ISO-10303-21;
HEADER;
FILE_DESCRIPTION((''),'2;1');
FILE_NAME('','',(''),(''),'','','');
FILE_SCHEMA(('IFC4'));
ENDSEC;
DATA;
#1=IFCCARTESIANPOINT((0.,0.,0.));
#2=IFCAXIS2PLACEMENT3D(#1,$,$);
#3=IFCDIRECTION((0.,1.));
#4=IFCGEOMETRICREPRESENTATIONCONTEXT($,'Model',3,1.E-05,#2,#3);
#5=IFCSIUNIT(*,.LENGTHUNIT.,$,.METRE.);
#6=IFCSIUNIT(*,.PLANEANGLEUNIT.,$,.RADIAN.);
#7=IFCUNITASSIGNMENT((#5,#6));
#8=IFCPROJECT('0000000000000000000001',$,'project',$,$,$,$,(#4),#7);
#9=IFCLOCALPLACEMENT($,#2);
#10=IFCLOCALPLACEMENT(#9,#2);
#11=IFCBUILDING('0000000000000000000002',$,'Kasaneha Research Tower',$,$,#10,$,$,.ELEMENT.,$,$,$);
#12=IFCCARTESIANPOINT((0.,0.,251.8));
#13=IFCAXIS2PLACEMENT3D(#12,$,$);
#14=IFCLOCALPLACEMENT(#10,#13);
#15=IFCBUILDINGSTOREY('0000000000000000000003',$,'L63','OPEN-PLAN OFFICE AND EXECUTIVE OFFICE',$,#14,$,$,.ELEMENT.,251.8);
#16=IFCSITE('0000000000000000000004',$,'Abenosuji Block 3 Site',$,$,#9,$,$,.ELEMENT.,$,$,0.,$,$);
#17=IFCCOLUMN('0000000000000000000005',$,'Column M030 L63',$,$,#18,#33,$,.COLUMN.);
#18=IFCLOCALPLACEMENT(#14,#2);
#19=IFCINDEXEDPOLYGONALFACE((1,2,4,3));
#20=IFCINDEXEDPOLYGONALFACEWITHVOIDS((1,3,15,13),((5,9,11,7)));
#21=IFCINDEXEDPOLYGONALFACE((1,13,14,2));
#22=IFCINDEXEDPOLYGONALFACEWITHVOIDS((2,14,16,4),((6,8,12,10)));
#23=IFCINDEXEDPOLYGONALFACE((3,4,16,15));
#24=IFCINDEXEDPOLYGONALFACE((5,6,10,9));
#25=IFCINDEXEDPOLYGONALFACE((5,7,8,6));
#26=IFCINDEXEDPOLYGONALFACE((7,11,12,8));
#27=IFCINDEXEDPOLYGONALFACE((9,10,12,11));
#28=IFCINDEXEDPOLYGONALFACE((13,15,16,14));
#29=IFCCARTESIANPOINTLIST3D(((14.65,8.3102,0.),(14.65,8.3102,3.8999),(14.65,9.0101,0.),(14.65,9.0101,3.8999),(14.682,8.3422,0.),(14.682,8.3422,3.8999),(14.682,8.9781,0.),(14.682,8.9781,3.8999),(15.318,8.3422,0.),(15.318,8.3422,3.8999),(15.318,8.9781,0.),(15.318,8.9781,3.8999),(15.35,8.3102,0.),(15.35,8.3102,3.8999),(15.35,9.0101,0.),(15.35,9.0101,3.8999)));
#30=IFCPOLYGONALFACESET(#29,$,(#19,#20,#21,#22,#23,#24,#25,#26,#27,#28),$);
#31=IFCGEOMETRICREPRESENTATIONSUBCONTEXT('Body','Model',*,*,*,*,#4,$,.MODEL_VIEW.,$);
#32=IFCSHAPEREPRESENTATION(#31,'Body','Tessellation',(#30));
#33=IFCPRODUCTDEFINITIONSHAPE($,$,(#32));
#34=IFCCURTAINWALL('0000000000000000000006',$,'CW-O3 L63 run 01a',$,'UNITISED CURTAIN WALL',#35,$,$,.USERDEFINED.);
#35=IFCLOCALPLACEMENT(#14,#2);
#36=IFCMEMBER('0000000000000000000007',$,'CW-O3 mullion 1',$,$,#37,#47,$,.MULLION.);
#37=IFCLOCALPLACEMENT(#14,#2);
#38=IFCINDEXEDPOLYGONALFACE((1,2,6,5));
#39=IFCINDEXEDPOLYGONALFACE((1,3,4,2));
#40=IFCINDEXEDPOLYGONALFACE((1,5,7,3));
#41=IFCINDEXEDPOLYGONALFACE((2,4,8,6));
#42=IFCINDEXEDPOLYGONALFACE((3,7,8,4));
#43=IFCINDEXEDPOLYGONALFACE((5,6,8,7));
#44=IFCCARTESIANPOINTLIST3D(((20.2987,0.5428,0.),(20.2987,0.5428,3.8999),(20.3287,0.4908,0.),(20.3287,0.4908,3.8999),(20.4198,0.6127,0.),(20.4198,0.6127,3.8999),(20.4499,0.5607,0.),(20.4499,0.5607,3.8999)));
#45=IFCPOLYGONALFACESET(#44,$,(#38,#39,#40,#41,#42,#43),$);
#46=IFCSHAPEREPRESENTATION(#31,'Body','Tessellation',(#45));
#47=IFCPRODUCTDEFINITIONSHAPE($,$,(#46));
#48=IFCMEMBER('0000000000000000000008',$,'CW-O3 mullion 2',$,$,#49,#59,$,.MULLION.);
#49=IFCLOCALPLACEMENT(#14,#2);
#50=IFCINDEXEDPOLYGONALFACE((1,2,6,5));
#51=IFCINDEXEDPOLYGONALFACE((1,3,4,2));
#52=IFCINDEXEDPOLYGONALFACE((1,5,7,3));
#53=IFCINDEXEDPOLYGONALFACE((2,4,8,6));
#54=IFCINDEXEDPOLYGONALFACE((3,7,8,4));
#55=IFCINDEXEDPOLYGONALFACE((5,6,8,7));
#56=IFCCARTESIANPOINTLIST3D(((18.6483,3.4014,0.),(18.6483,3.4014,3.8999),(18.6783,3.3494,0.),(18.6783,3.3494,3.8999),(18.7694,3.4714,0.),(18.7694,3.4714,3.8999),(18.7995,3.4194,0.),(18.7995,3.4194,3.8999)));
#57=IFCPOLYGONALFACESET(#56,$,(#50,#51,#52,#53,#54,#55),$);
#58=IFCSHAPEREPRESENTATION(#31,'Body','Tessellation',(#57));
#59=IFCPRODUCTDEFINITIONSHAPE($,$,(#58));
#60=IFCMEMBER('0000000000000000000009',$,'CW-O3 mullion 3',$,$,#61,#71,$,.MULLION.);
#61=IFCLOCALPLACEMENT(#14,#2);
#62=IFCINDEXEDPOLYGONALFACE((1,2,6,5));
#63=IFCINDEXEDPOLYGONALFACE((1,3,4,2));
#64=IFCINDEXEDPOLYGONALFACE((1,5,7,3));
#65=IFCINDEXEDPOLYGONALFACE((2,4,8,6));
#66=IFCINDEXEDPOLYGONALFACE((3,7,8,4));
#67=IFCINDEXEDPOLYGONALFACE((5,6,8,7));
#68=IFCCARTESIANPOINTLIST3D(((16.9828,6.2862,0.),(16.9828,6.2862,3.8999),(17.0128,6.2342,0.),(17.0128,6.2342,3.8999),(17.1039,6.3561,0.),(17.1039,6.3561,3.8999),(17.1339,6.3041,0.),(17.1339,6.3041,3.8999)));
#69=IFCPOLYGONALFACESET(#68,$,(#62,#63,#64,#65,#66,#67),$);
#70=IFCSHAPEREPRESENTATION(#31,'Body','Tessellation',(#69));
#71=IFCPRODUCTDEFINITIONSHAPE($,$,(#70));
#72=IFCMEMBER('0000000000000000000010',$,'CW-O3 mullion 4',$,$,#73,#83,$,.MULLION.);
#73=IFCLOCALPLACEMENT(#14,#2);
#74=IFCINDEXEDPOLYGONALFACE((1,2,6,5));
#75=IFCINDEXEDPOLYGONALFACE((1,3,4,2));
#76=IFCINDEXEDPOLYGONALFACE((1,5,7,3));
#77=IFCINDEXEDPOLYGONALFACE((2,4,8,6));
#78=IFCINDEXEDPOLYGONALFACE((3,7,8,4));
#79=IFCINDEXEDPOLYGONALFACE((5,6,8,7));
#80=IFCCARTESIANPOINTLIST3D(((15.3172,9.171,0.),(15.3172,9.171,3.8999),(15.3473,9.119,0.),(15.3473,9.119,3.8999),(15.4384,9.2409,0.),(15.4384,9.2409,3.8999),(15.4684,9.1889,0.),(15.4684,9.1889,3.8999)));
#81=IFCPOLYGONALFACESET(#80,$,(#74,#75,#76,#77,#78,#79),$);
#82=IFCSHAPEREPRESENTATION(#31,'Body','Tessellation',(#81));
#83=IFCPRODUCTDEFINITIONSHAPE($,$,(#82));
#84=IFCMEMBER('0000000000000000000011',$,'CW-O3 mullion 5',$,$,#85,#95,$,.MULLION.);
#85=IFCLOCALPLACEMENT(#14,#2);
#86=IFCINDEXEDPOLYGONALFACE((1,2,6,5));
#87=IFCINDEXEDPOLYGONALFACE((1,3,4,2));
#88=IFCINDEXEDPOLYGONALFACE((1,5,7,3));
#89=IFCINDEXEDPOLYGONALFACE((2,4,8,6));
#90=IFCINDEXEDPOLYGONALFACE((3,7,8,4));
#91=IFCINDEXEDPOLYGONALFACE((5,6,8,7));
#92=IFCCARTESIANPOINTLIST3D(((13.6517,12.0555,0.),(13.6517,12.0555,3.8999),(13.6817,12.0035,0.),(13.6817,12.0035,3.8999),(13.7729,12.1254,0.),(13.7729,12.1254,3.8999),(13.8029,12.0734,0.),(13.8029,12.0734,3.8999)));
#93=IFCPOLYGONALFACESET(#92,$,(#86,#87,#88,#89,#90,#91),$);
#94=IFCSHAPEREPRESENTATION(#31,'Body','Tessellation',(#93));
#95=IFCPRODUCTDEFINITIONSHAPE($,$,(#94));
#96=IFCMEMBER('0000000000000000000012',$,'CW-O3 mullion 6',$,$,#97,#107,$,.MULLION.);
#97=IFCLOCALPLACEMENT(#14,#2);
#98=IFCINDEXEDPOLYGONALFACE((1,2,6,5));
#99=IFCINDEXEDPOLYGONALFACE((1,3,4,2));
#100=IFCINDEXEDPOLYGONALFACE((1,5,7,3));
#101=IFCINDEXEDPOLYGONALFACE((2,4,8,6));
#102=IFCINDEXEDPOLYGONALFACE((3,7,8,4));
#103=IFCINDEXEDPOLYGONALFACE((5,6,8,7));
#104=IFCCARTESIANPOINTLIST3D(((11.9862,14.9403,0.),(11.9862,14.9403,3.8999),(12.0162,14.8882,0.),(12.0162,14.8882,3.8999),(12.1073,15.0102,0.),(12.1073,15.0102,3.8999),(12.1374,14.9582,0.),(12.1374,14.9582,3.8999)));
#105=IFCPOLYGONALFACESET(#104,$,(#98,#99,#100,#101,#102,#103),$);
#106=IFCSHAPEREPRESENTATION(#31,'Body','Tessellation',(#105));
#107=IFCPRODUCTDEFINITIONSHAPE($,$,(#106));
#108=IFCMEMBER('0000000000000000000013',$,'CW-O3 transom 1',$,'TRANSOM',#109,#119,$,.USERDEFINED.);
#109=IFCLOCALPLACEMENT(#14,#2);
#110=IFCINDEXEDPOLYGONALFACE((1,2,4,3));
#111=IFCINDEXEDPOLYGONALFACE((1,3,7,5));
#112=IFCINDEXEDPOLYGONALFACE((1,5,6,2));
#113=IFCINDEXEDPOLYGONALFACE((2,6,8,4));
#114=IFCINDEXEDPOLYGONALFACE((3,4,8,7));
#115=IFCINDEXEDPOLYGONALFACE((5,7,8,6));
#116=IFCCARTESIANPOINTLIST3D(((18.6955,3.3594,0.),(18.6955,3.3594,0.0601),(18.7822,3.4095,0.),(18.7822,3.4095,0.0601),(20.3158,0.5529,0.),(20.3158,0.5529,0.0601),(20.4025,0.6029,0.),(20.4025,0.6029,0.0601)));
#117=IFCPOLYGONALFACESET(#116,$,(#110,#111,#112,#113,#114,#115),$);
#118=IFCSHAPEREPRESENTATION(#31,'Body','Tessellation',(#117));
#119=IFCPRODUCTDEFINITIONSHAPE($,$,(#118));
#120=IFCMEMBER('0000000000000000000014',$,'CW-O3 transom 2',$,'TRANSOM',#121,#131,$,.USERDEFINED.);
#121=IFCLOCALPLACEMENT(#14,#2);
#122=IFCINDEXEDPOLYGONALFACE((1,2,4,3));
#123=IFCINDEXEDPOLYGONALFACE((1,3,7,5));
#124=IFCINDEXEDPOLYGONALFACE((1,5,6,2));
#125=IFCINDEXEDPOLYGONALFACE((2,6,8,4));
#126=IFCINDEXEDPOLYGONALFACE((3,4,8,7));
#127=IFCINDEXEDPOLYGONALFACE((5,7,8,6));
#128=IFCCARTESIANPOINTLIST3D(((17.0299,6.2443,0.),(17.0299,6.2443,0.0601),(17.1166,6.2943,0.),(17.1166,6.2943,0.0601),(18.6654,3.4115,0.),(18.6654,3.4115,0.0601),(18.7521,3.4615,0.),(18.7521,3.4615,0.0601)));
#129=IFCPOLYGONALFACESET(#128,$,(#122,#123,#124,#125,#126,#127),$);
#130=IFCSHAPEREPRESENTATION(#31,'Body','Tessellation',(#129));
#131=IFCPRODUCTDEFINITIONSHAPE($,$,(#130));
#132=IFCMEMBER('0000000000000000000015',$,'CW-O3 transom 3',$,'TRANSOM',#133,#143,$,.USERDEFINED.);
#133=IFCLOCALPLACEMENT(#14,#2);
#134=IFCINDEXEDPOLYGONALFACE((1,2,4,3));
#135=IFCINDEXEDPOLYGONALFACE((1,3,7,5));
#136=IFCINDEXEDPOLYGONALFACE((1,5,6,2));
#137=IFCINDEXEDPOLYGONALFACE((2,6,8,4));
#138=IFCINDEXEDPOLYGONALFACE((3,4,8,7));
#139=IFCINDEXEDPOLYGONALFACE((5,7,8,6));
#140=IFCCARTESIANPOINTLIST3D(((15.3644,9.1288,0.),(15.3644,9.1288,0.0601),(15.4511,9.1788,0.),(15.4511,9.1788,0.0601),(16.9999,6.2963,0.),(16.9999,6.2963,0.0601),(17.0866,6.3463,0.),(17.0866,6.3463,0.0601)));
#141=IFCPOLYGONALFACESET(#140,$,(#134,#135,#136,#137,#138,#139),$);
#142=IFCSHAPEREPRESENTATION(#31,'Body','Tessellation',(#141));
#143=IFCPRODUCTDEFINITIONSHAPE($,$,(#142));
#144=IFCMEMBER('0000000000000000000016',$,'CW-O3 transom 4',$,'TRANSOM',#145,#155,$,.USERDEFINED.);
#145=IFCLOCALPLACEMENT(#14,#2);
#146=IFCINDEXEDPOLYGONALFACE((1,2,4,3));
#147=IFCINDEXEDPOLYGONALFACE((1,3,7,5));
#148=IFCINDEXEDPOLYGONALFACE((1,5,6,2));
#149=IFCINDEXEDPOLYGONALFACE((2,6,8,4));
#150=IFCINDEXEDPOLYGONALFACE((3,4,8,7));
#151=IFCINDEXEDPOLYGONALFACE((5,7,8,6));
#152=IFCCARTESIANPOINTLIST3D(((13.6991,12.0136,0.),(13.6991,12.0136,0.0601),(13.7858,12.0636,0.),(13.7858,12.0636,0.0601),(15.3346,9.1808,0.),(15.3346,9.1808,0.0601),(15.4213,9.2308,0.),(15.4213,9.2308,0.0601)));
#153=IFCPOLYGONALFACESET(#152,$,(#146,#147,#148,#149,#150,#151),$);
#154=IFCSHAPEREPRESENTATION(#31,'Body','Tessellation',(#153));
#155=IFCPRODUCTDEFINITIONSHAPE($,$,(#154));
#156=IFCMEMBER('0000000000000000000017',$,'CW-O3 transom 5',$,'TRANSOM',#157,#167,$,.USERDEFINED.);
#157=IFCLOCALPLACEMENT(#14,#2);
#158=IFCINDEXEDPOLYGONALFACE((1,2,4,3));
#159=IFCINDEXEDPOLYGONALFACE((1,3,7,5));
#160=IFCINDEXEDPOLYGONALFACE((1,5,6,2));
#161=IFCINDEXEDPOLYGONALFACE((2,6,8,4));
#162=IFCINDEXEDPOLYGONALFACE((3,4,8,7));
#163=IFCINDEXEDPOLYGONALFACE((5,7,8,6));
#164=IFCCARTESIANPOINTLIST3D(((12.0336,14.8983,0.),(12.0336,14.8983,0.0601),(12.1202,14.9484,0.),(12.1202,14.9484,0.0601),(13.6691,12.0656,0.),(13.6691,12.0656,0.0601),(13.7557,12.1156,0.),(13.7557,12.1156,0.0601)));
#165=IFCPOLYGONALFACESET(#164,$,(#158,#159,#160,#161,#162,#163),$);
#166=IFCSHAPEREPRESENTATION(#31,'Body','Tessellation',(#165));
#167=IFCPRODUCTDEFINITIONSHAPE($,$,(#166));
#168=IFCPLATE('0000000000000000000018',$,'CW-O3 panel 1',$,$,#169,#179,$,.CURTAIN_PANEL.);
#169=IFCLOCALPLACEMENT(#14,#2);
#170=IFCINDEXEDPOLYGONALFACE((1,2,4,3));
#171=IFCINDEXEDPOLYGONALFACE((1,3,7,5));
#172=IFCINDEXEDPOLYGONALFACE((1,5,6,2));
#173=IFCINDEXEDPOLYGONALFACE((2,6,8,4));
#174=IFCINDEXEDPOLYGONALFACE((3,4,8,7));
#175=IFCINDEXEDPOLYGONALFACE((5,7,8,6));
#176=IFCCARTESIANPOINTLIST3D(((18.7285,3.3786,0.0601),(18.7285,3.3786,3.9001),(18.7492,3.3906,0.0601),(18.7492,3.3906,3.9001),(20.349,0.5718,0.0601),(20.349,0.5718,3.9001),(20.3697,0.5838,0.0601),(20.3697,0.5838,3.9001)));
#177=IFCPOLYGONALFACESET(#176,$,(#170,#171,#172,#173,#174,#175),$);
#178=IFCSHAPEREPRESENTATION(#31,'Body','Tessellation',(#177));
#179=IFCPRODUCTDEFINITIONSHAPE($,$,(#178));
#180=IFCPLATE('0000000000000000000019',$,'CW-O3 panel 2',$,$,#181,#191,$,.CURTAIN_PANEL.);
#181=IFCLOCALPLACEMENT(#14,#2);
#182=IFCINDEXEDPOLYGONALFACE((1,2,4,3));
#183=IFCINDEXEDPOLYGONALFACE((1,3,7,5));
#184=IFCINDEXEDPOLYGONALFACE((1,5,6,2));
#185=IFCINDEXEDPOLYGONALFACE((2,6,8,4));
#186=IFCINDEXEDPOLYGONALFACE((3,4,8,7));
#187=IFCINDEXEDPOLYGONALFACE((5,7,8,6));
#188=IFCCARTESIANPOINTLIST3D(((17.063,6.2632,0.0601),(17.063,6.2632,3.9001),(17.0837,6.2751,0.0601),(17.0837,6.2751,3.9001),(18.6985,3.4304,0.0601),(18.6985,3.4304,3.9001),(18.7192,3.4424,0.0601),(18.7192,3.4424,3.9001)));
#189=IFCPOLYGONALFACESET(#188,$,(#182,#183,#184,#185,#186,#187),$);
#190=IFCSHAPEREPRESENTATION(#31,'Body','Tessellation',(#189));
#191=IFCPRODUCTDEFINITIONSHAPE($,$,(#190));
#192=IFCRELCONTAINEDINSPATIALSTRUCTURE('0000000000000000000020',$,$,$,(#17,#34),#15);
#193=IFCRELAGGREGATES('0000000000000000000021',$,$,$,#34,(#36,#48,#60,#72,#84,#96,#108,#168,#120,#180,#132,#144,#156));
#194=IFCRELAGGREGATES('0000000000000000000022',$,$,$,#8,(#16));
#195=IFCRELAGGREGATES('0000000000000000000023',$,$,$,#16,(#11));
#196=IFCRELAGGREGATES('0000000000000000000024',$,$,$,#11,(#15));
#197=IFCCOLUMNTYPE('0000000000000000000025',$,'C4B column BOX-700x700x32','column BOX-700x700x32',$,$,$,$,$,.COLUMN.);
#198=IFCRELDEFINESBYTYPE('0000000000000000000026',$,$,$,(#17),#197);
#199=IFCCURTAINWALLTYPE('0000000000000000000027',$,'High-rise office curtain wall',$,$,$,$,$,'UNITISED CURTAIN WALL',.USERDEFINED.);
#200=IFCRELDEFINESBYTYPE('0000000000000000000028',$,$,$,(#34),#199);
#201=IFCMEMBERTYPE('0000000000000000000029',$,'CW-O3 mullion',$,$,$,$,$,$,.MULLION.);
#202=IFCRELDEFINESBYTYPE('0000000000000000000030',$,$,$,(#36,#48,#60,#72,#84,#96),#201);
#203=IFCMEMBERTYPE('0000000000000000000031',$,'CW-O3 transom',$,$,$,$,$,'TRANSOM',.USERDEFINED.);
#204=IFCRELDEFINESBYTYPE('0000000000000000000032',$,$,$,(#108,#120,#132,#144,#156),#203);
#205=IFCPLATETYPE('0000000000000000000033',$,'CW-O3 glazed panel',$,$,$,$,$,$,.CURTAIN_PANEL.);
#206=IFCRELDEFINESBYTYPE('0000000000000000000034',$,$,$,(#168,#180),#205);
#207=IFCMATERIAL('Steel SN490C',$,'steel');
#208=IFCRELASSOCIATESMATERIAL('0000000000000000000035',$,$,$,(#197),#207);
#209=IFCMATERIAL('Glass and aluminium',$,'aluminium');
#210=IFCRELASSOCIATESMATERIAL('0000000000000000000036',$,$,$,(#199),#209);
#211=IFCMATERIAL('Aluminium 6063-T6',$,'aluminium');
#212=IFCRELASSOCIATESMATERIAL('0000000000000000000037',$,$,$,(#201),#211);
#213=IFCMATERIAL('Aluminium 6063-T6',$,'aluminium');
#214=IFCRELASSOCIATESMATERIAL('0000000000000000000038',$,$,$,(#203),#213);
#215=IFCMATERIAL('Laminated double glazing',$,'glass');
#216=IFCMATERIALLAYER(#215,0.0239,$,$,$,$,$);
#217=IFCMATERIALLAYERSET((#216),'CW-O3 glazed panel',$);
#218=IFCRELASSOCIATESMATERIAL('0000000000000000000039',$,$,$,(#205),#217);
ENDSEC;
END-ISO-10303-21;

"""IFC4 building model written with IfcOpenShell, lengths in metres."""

from ifc_helpers import new_model, si_unit, direction, frame, origin, origin_2d, place, context, subcontext, project, spatial, rectangle, hollow_rectangle, extrude, material, layer, layer_set, material_profile, profile_set, type_object, element, aggregate, save


model = new_model("IFC4")

# Units and contexts
model_context = context("Model", 3, precision=1e-05, world=origin(), true_north=direction((0.0, 1.0)))
body_context = subcontext(model_context, "Body", "Model", "MODEL_VIEW")
ifc_project = project(units=[si_unit("LENGTHUNIT", "METRE"), si_unit("PLANEANGLEUNIT", "RADIAN")], contexts=[model_context])

# Site, building, storey
site_placement = place(None, origin())
site = spatial("IfcSite", under=ifc_project, at=site_placement, Name="Abenosuji Block 3 Site", CompositionType="ELEMENT", RefElevation=0.0)
building_placement = place(site_placement, origin())
building = spatial("IfcBuilding", under=site, at=building_placement, Name="Kasaneha Research Tower", CompositionType="ELEMENT")
storey_placement = place(building_placement, frame((0.0, 0.0, 251.8)))
storey = spatial("IfcBuildingStorey", under=building, at=storey_placement, Name="L63", Description="OPEN-PLAN OFFICE AND EXECUTIVE OFFICE", CompositionType="ELEMENT", Elevation=251.8)

# Column
ifc_material_1 = material(Name="Steel SN490C", Category="steel")
ifc_material_profile_1 = material_profile(ifc_material_1, hollow_rectangle(XDim=0.7, YDim=0.7, WallThickness=0.032, at=origin_2d()), Name="BOX-700x700x32")
ifc_profile_set_1 = profile_set([ifc_material_profile_1], Name="Steel SN490C")
column_type = type_object("IfcColumnType", Name="C4B column BOX-700x700x32", Description="column BOX-700x700x32", PredefinedType="COLUMN", material=ifc_profile_set_1)
column_placement = place(storey_placement, frame((15.0, 8.6602, 0.0), z_axis=(0.0, 0.0, 1.0), x_axis=(1.0, 0.0, 0.0)))
element("IfcColumn", 1, at=column_placement, inside=storey, type_object=column_type, Name="Column M030 L63", PredefinedType="COLUMN", context=body_context, shape_type="SweptSolid", body=[
    extrude(hollow_rectangle(XDim=0.7, YDim=0.7, WallThickness=0.032, at=origin_2d()), origin(), (0.0, 0.0, 1.0), 3.8999),
])

# Curtain wall, members, plates
ifc_material_2 = material(Name="Glass and aluminium", Category="aluminium")
curtain_wall_type = type_object("IfcCurtainWallType", Name="High-rise office curtain wall", ElementType="UNITISED CURTAIN WALL", PredefinedType="USERDEFINED", material=ifc_material_2)
curtain_wall_placement = place(storey_placement, origin())
curtain_wall = element("IfcCurtainWall", 2, at=curtain_wall_placement, inside=storey, type_object=curtain_wall_type, Name="CW-O3 L63 run 01a", ObjectType="UNITISED CURTAIN WALL", PredefinedType="USERDEFINED")
ifc_material_3 = material(Name="Aluminium 6063-T6", Category="aluminium")
ifc_material_profile_2 = material_profile(ifc_material_3, rectangle(XDim=0.0601, YDim=0.1399, at=origin_2d()), Name="CW-O3 mullion 60x140")
ifc_profile_set_2 = profile_set([ifc_material_profile_2], Name="Aluminium 6063-T6")
member_type_1 = type_object("IfcMemberType", Name="CW-O3 mullion", PredefinedType="MULLION", material=ifc_profile_set_2)
member_1_placement = place(storey_placement, frame((20.3743, 0.5518, 0.0), z_axis=(0.0, 0.0, 1.0), x_axis=(-0.5, 0.866025, 0.0)))
member_1 = element("IfcMember", 3, at=member_1_placement, type_object=member_type_1, Name="CW-O3 mullion 1", PredefinedType="MULLION", context=body_context, shape_type="SweptSolid", body=[
    extrude(rectangle(XDim=0.0601, YDim=0.1399, at=origin_2d()), origin(), (0.0, 0.0, 1.0), 3.8999),
])
member_2_placement = place(storey_placement, frame((18.7239, 3.4104, 0.0), z_axis=(0.0, 0.0, 1.0), x_axis=(-0.5, 0.866025, 0.0)))
member_2 = element("IfcMember", 4, at=member_2_placement, type_object=member_type_1, Name="CW-O3 mullion 2", PredefinedType="MULLION", context=body_context, shape_type="SweptSolid", body=[
    extrude(rectangle(XDim=0.0601, YDim=0.1399, at=origin_2d()), origin(), (0.0, 0.0, 1.0), 3.8999),
])
member_3_placement = place(storey_placement, frame((17.0583, 6.2952, 0.0), z_axis=(0.0, 0.0, 1.0), x_axis=(-0.5, 0.866025, 0.0)))
member_3 = element("IfcMember", 5, at=member_3_placement, type_object=member_type_1, Name="CW-O3 mullion 3", PredefinedType="MULLION", context=body_context, shape_type="SweptSolid", body=[
    extrude(rectangle(XDim=0.0601, YDim=0.1399, at=origin_2d()), origin(), (0.0, 0.0, 1.0), 3.8999),
])
member_4_placement = place(storey_placement, frame((15.3928, 9.1799, 0.0), z_axis=(0.0, 0.0, 1.0), x_axis=(-0.5, 0.866025, 0.0)))
member_4 = element("IfcMember", 6, at=member_4_placement, type_object=member_type_1, Name="CW-O3 mullion 4", PredefinedType="MULLION", context=body_context, shape_type="SweptSolid", body=[
    extrude(rectangle(XDim=0.0601, YDim=0.1399, at=origin_2d()), origin(), (0.0, 0.0, 1.0), 3.8999),
])
member_5_placement = place(storey_placement, frame((13.7273, 12.0645, 0.0), z_axis=(0.0, 0.0, 1.0), x_axis=(-0.5, 0.866025, 0.0)))
member_5 = element("IfcMember", 7, at=member_5_placement, type_object=member_type_1, Name="CW-O3 mullion 5", PredefinedType="MULLION", context=body_context, shape_type="SweptSolid", body=[
    extrude(rectangle(XDim=0.0601, YDim=0.1399, at=origin_2d()), origin(), (0.0, 0.0, 1.0), 3.8999),
])
member_6_placement = place(storey_placement, frame((12.0618, 14.9492, 0.0), z_axis=(0.0, 0.0, 1.0), x_axis=(-0.5, 0.866025, 0.0)))
member_6 = element("IfcMember", 8, at=member_6_placement, type_object=member_type_1, Name="CW-O3 mullion 6", PredefinedType="MULLION", context=body_context, shape_type="SweptSolid", body=[
    extrude(rectangle(XDim=0.0601, YDim=0.1399, at=origin_2d()), origin(), (0.0, 0.0, 1.0), 3.8999),
])
ifc_material_4 = material(Name="Aluminium 6063-T6", Category="aluminium")
ifc_material_profile_3 = material_profile(ifc_material_4, rectangle(XDim=0.1001, YDim=0.0601, at=origin_2d()), Name="CW-O3 transom 100x60")
ifc_profile_set_3 = profile_set([ifc_material_profile_3], Name="Aluminium 6063-T6")
member_type_2 = type_object("IfcMemberType", Name="CW-O3 transom", ElementType="TRANSOM", PredefinedType="USERDEFINED", material=ifc_profile_set_3)
member_7_placement = place(storey_placement, frame((20.3591, 0.5779, 0.03), z_axis=(-0.499988, 0.866033, 0.0), x_axis=(-0.866033, -0.499988, 0.0)))
member_7 = element("IfcMember", 9, at=member_7_placement, type_object=member_type_2, Name="CW-O3 transom 1", ObjectType="TRANSOM", PredefinedType="USERDEFINED", context=body_context, shape_type="SweptSolid", body=[
    extrude(rectangle(XDim=0.1001, YDim=0.0601, at=origin_2d()), origin(), (0.0, 0.0, 1.0), 3.2407),
])
member_8_placement = place(storey_placement, frame((18.7087, 3.4365, 0.03), z_axis=(-0.5, 0.866025, 0.0), x_axis=(-0.866025, -0.5, 0.0)))
member_8 = element("IfcMember", 10, at=member_8_placement, type_object=member_type_2, Name="CW-O3 transom 2", ObjectType="TRANSOM", PredefinedType="USERDEFINED", context=body_context, shape_type="SweptSolid", body=[
    extrude(rectangle(XDim=0.1001, YDim=0.0601, at=origin_2d()), origin(), (0.0, 0.0, 1.0), 3.271),
])
member_9_placement = place(storey_placement, frame((17.0432, 6.3213, 0.03), z_axis=(-0.500033, 0.866007, 0.0), x_axis=(-0.866007, -0.500033, 0.0)))
member_9 = element("IfcMember", 11, at=member_9_placement, type_object=member_type_2, Name="CW-O3 transom 3", ObjectType="TRANSOM", PredefinedType="USERDEFINED", context=body_context, shape_type="SweptSolid", body=[
    extrude(rectangle(XDim=0.1001, YDim=0.0601, at=origin_2d()), origin(), (0.0, 0.0, 1.0), 3.2708),
])
member_10_placement = place(storey_placement, frame((15.3779, 9.2058, 0.03), z_axis=(-0.5, 0.866025, 0.0), x_axis=(-0.866025, -0.5, 0.0)))
member_10 = element("IfcMember", 12, at=member_10_placement, type_object=member_type_2, Name="CW-O3 transom 4", ObjectType="TRANSOM", PredefinedType="USERDEFINED", context=body_context, shape_type="SweptSolid", body=[
    extrude(rectangle(XDim=0.1001, YDim=0.0601, at=origin_2d()), origin(), (0.0, 0.0, 1.0), 3.271),
])
member_11_placement = place(storey_placement, frame((13.7124, 12.0906, 0.03), z_axis=(-0.5, 0.866025, 0.0), x_axis=(-0.866025, -0.5, 0.0)))
member_11 = element("IfcMember", 13, at=member_11_placement, type_object=member_type_2, Name="CW-O3 transom 5", ObjectType="TRANSOM", PredefinedType="USERDEFINED", context=body_context, shape_type="SweptSolid", body=[
    extrude(rectangle(XDim=0.1001, YDim=0.0601, at=origin_2d()), origin(), (0.0, 0.0, 1.0), 3.271),
])
ifc_material_5 = material(Name="Laminated double glazing", Category="glass")
ifc_layer_1 = layer(ifc_material_5, 0.0239)
ifc_layer_set_1 = layer_set([ifc_layer_1], Name="CW-O3 glazed panel")
plate_type = type_object("IfcPlateType", Name="CW-O3 glazed panel", PredefinedType="CURTAIN_PANEL", material=ifc_layer_set_1)
plate_1_placement = place(storey_placement, frame((19.5491, 1.9812, 0.0601), z_axis=(0.0, 0.0, 1.0), x_axis=(-0.5, 0.866025, 0.0)))
plate_1 = element("IfcPlate", 14, at=plate_1_placement, type_object=plate_type, Name="CW-O3 panel 1", PredefinedType="CURTAIN_PANEL", context=body_context, shape_type="SweptSolid", body=[
    extrude(rectangle(XDim=3.241, YDim=0.0239, at=origin_2d()), origin(), (0.0, 0.0, 1.0), 3.8401),
])
plate_2_placement = place(storey_placement, frame((17.8911, 4.8528, 0.0601), z_axis=(0.0, 0.0, 1.0), x_axis=(-0.5, 0.866025, 0.0)))
plate_2 = element("IfcPlate", 15, at=plate_2_placement, type_object=plate_type, Name="CW-O3 panel 2", PredefinedType="CURTAIN_PANEL", context=body_context, shape_type="SweptSolid", body=[
    extrude(rectangle(XDim=3.271, YDim=0.0239, at=origin_2d()), origin(), (0.0, 0.0, 1.0), 3.8401),
])
aggregate(curtain_wall, [member_1, member_2, member_3, member_4, member_5, member_6, member_7, plate_1, member_8, plate_2, member_9, member_10, member_11])

save(model, "model.ifc")
